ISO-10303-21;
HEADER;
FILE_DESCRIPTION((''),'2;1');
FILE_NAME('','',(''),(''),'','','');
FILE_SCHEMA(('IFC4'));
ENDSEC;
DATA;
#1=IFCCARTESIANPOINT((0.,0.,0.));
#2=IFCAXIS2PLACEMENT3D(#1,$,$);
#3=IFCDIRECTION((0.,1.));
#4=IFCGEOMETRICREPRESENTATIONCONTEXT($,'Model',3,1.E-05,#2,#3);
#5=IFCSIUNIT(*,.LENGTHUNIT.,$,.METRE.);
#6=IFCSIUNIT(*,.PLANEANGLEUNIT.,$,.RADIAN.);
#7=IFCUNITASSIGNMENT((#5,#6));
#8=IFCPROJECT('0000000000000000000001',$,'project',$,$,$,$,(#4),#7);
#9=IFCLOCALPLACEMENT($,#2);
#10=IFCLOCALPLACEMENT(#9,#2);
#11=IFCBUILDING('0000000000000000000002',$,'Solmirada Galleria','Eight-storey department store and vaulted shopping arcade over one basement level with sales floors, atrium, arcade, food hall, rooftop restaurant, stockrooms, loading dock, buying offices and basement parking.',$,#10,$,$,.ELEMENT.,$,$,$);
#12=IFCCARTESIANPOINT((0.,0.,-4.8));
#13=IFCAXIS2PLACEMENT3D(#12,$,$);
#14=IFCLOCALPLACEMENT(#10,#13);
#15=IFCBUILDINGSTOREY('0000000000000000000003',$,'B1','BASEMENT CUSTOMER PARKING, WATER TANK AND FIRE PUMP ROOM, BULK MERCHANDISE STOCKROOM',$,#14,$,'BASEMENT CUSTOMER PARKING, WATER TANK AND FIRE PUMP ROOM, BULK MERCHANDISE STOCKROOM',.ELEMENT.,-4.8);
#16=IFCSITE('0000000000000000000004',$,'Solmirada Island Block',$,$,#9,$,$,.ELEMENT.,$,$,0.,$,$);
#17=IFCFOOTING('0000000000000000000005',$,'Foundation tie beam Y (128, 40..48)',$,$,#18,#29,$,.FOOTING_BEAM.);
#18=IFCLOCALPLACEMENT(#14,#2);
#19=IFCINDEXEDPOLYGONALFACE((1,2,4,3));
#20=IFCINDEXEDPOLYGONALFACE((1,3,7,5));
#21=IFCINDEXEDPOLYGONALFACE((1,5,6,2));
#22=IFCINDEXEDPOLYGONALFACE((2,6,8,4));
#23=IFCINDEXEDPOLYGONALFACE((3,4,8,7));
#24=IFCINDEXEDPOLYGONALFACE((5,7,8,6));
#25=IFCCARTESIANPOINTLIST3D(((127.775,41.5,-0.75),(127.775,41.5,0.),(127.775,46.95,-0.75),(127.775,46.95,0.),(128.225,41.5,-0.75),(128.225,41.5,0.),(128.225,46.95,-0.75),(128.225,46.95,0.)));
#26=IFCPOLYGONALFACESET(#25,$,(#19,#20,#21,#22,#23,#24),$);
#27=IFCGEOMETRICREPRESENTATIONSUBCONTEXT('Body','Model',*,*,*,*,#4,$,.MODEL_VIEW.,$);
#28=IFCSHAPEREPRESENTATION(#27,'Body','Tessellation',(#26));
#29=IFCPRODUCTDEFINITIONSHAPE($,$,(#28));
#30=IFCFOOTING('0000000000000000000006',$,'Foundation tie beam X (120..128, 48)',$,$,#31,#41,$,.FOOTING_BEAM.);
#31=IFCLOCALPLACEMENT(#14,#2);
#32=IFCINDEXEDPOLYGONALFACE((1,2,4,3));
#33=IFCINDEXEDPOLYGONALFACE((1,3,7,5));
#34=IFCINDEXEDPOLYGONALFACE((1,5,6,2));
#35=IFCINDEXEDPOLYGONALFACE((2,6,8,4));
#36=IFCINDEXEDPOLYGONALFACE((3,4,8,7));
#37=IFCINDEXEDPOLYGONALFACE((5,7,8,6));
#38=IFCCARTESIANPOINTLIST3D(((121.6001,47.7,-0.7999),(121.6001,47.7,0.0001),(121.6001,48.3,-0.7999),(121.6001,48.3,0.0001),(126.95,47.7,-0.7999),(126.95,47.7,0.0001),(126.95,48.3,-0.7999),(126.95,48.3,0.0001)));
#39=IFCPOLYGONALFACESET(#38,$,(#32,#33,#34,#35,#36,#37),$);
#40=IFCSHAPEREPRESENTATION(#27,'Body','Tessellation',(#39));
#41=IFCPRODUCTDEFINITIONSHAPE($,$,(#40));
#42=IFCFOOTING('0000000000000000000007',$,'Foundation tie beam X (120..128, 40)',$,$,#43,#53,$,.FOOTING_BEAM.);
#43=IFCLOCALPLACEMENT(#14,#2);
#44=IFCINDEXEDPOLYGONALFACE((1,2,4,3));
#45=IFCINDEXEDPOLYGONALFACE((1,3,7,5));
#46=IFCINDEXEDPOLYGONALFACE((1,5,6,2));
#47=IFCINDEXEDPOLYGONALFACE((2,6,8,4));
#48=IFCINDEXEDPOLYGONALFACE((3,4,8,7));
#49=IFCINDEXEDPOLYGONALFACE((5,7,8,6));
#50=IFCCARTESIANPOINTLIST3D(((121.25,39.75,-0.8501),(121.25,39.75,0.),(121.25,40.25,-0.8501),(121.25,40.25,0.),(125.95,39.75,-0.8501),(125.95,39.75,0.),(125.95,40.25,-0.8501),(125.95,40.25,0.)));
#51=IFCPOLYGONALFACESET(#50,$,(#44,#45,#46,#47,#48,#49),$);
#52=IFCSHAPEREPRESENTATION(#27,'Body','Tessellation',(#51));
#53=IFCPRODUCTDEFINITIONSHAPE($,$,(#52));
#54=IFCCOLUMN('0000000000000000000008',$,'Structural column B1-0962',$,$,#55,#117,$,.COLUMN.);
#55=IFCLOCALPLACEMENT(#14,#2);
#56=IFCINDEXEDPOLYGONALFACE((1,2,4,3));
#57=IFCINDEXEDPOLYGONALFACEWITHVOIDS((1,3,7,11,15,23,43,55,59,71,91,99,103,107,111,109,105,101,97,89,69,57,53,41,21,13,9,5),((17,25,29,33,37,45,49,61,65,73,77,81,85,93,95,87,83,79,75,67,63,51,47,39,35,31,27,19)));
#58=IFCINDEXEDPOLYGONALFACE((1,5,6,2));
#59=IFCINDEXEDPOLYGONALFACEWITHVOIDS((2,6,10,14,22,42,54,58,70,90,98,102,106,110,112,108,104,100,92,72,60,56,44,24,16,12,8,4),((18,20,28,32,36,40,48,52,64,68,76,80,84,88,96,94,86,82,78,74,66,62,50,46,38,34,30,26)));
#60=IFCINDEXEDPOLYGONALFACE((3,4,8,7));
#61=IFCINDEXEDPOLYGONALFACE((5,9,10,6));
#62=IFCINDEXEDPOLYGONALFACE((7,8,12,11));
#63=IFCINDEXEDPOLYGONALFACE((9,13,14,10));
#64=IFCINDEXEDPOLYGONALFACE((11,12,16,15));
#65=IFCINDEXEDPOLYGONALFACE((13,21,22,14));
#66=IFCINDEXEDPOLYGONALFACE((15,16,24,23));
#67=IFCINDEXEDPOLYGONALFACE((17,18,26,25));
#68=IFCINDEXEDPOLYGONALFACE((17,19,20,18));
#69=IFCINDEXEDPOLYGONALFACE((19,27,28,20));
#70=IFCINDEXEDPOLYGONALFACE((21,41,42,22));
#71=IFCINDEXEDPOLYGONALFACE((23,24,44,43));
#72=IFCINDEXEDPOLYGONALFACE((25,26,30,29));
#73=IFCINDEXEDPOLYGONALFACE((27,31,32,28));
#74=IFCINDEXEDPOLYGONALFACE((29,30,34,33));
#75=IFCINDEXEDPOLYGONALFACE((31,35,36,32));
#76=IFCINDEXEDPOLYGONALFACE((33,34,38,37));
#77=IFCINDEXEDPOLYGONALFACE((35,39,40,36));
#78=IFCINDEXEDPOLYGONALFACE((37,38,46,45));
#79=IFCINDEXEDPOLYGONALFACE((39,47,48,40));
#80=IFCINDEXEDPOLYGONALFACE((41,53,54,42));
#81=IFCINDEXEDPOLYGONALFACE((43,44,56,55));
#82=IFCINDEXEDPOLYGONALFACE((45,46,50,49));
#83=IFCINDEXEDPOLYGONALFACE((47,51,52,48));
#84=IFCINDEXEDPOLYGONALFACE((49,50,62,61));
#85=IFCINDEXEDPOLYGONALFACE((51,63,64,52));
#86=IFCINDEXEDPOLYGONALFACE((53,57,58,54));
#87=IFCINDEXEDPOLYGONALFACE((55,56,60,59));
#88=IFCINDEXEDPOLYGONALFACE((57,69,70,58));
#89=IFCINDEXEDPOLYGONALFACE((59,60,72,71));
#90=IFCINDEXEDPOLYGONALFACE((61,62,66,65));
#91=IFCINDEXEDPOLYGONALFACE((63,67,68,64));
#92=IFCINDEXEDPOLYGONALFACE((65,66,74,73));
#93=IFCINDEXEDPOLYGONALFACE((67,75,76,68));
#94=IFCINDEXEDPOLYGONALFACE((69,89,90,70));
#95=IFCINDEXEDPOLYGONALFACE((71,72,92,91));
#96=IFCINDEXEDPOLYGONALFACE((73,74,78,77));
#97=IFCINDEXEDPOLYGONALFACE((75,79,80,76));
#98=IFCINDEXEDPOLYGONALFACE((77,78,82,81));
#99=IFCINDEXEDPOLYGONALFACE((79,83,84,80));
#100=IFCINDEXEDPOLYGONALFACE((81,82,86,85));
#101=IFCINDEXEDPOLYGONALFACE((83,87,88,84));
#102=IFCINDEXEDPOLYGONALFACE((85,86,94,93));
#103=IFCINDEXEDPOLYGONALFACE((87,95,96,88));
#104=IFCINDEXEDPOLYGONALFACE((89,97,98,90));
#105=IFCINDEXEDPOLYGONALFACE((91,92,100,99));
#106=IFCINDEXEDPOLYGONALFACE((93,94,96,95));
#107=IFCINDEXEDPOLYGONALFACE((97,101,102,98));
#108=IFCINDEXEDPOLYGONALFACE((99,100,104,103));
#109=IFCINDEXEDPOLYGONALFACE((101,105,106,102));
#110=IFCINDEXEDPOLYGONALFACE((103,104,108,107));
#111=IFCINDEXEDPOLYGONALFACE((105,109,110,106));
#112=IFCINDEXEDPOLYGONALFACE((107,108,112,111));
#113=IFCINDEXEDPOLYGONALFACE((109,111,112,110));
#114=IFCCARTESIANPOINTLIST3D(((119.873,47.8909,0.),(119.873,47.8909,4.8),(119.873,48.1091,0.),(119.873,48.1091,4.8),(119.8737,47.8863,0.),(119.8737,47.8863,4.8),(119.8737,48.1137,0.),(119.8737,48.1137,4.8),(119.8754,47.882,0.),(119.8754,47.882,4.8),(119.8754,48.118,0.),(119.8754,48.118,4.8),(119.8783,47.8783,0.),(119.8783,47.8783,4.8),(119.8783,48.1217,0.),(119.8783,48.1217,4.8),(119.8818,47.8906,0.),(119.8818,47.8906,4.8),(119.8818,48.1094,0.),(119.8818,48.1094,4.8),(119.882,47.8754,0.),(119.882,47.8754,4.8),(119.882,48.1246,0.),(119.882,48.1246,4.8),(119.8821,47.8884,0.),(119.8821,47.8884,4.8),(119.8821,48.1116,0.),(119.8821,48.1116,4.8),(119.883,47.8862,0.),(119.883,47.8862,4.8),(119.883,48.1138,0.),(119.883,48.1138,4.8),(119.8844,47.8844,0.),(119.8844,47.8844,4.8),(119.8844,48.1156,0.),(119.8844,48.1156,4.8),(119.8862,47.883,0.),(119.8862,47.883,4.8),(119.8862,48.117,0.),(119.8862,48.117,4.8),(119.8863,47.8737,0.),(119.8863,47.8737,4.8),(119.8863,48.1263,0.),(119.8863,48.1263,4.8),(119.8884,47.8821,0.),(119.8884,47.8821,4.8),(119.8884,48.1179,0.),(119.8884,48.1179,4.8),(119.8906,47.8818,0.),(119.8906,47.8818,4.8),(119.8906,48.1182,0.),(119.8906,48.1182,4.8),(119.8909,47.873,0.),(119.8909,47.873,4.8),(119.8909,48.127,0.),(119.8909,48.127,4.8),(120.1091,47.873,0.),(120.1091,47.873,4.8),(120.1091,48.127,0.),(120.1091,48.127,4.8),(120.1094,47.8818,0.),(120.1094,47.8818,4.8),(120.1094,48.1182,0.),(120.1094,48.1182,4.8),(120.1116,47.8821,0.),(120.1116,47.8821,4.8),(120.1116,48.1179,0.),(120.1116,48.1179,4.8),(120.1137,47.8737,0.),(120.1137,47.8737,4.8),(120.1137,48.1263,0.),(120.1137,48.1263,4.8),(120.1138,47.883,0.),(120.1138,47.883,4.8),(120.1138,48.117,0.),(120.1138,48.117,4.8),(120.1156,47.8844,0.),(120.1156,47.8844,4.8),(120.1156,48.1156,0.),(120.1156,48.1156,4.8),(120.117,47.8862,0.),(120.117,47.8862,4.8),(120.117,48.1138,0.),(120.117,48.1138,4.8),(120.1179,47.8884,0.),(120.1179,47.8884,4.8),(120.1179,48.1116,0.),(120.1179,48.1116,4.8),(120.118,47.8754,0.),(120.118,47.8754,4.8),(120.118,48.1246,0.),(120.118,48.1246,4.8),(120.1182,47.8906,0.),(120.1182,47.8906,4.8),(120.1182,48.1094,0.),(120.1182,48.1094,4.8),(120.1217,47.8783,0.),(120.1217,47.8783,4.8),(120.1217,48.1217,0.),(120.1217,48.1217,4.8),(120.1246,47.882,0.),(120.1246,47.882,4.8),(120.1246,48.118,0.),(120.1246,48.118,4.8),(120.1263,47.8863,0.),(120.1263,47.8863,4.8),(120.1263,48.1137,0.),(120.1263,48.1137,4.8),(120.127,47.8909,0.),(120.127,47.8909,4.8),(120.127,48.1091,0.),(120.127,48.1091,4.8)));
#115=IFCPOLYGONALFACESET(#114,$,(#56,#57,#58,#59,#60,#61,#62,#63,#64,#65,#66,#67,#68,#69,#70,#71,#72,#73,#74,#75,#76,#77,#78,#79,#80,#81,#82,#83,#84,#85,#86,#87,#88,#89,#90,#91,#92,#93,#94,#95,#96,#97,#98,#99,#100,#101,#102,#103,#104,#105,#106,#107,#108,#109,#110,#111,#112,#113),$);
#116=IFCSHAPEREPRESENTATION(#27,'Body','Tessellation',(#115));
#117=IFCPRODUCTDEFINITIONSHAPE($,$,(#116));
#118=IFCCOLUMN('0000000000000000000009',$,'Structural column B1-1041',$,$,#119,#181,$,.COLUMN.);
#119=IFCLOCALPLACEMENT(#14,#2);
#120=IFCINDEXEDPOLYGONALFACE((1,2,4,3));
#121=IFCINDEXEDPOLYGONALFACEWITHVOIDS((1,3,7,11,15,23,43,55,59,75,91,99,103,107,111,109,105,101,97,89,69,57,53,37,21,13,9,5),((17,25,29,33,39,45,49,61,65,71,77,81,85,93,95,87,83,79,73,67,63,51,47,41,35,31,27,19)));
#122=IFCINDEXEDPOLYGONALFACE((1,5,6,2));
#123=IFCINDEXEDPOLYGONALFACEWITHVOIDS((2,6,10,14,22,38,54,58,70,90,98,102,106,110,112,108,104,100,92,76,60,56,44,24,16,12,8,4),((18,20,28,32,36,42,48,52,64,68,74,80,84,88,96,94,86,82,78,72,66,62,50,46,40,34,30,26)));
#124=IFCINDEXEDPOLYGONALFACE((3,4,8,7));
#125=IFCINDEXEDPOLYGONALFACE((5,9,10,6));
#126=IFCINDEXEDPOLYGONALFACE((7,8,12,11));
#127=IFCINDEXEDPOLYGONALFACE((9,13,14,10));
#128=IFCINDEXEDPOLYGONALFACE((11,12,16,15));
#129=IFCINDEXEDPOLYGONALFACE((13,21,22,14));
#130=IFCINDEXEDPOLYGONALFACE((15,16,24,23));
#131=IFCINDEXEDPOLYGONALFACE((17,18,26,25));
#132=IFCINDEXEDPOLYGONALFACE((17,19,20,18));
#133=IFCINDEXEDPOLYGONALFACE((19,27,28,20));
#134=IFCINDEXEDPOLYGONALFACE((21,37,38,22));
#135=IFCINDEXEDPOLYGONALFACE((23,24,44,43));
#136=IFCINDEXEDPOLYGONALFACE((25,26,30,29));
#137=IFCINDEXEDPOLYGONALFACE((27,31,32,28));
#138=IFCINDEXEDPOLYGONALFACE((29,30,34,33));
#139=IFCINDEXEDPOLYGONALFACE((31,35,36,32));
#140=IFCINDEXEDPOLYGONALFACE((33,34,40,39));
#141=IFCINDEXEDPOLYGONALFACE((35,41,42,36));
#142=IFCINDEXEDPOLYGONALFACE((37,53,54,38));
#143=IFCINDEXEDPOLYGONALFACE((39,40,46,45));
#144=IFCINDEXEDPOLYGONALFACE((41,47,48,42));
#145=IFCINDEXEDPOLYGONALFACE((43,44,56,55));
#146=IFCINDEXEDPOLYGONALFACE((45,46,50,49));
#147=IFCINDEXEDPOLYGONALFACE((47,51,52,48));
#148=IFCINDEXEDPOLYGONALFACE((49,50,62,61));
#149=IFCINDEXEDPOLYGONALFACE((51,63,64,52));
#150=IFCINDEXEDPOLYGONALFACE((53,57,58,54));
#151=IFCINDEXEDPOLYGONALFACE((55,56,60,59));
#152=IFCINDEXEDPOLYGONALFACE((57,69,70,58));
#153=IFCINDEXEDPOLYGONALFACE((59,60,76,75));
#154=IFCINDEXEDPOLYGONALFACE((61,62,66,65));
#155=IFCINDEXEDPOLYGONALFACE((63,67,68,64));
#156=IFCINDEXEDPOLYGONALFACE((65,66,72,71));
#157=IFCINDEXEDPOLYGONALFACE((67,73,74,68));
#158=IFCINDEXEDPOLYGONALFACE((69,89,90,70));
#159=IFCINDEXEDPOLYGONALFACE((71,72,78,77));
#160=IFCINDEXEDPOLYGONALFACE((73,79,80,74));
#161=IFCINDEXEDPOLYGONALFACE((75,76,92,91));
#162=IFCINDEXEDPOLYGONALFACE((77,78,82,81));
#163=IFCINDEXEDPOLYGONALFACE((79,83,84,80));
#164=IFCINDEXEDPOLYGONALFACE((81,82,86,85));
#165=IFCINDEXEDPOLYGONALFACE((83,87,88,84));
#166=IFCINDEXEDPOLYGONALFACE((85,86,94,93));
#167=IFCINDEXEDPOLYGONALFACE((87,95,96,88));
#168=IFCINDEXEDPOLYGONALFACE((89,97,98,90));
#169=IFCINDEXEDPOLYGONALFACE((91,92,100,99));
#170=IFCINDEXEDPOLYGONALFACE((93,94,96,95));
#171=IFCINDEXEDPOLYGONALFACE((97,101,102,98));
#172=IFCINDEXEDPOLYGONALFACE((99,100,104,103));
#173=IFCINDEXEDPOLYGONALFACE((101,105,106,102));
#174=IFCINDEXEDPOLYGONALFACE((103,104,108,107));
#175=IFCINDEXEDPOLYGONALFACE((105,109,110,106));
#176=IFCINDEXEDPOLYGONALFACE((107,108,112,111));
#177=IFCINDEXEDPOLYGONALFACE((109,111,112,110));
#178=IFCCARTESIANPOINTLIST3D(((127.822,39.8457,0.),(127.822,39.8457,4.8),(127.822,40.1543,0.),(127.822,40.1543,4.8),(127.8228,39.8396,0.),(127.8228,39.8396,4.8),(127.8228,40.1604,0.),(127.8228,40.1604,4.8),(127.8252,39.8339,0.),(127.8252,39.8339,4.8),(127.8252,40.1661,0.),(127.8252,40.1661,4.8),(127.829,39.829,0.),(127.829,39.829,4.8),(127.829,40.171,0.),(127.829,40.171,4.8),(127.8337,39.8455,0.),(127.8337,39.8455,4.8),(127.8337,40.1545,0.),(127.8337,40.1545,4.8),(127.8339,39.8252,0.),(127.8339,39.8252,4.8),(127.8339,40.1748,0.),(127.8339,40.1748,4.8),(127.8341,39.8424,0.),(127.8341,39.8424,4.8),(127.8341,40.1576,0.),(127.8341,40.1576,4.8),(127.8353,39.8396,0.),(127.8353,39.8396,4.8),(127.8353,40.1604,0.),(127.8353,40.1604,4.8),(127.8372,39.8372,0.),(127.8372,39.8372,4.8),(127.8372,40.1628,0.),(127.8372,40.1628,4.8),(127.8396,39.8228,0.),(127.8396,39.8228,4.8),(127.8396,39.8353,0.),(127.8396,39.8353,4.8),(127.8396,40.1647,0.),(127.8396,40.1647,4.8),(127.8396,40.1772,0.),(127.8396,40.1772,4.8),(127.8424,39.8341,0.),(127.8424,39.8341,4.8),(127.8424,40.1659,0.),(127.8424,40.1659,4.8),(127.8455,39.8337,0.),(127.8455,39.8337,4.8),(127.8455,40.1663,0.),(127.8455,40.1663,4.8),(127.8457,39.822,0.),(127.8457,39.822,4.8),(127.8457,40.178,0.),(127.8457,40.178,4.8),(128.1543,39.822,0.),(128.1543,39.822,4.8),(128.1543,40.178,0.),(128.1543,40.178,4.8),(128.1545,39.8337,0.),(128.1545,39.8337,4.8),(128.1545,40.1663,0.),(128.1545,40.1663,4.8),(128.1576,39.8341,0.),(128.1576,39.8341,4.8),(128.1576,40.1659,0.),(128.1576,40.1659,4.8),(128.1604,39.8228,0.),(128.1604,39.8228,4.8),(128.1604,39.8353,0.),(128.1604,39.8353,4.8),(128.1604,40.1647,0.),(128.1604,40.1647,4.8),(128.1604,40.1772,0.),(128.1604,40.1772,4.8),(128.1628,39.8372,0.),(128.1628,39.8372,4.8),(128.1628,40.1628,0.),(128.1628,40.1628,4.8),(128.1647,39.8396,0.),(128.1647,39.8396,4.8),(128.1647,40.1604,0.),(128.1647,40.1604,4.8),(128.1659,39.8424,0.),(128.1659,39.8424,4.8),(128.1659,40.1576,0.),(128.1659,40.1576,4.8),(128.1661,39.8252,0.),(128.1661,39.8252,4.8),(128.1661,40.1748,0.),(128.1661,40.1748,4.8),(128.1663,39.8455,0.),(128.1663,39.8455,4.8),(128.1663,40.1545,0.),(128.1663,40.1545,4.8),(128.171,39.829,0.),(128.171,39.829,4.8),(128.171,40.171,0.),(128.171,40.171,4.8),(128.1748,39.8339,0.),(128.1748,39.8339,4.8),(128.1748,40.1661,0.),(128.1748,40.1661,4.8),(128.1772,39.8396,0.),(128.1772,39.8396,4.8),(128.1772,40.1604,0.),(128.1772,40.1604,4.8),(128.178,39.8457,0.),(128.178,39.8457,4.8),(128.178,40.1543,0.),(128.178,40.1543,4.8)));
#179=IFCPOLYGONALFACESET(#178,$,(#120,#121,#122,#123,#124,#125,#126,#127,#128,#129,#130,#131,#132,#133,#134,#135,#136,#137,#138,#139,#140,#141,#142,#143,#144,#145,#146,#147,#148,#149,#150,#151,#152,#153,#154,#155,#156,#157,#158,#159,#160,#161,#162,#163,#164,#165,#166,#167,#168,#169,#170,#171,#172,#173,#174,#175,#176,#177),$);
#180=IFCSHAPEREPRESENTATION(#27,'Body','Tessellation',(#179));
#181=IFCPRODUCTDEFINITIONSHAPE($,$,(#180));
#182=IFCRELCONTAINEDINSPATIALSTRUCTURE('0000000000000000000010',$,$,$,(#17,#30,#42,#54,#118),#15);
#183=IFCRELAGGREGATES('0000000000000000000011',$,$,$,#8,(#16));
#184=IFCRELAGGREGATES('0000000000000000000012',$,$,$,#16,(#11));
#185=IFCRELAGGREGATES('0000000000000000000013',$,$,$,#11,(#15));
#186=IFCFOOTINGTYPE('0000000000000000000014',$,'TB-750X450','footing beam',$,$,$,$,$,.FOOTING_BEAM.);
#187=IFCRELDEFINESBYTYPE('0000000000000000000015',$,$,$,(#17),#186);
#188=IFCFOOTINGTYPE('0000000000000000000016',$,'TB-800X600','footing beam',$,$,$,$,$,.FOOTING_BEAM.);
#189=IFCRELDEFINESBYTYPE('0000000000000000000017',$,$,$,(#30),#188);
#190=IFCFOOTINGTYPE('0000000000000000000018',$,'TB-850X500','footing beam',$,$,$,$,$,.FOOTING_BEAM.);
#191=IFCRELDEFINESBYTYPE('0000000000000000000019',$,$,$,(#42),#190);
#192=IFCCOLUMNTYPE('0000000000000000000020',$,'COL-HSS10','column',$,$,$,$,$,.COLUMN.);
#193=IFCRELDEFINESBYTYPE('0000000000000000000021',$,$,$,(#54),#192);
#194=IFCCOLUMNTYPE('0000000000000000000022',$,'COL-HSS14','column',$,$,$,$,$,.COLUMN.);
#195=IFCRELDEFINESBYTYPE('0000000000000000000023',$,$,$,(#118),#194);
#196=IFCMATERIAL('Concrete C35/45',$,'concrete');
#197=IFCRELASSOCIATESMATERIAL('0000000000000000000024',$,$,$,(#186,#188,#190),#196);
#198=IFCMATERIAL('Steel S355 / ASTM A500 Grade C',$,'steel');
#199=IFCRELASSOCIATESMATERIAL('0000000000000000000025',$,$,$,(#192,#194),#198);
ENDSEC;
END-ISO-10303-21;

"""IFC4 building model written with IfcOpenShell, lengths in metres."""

from ifc_helpers import new_model, si_unit, direction, frame, origin, origin_2d, place, context, subcontext, project, spatial, rectangle, hollow_rectangle, extrude, material, material_profile, profile_set, type_object, element, save


model = new_model("IFC4")

# Units and contexts
model_context = context("Model", 3, precision=1e-05, world=origin(), true_north=direction((0.0, 1.0)))
body_context = subcontext(model_context, "Body", "Model", "MODEL_VIEW")
ifc_project = project(units=[si_unit("LENGTHUNIT", "METRE"), si_unit("PLANEANGLEUNIT", "RADIAN")], contexts=[model_context])

# Site, building, storey
site_placement = place(None, origin())
site = spatial("IfcSite", under=ifc_project, at=site_placement, Name="Solmirada Island Block", CompositionType="ELEMENT", RefElevation=0.0)
building_placement = place(site_placement, origin())
building = spatial("IfcBuilding", under=site, at=building_placement, Name="Solmirada Galleria", Description="Eight-storey department store and vaulted shopping arcade over one basement level with sales floors, atrium, arcade, food hall, rooftop restaurant, stockrooms, loading dock, buying offices and basement parking.", CompositionType="ELEMENT")
storey_placement = place(building_placement, frame((0.0, 0.0, -4.8)))
storey = spatial("IfcBuildingStorey", under=building, at=storey_placement, Name="B1", Description="BASEMENT CUSTOMER PARKING, WATER TANK AND FIRE PUMP ROOM, BULK MERCHANDISE STOCKROOM", LongName="BASEMENT CUSTOMER PARKING, WATER TANK AND FIRE PUMP ROOM, BULK MERCHANDISE STOCKROOM", CompositionType="ELEMENT", Elevation=-4.8)

# Shared definitions
ifc_material_1 = material(Name="Concrete C35/45", Category="concrete")

# Footings
ifc_material_profile_1 = material_profile(ifc_material_1, rectangle(XDim=0.45, YDim=0.75, at=origin_2d()), Name="RC750X450")
ifc_profile_set_1 = profile_set([ifc_material_profile_1], Name="Concrete C35/45")
footing_type_1 = type_object("IfcFootingType", Name="TB-750X450", Description="footing beam", PredefinedType="FOOTING_BEAM", material=ifc_profile_set_1)
footing_1_placement = place(storey_placement, frame((128.0, 41.5, -0.375), z_axis=(0.0, 1.0, 0.0), x_axis=(-1.0, 0.0, 0.0)))
element("IfcFooting", 1, at=footing_1_placement, inside=storey, type_object=footing_type_1, Name="Foundation tie beam Y (128, 40..48)", PredefinedType="FOOTING_BEAM", context=body_context, shape_type="SweptSolid", body=[
    extrude(rectangle(XDim=0.45, YDim=0.75, at=origin_2d()), origin(), (0.0, 0.0, 1.0), 5.45),
])
ifc_material_profile_2 = material_profile(ifc_material_1, rectangle(XDim=0.6001, YDim=0.8, at=origin_2d()), Name="RC800X600")
ifc_profile_set_2 = profile_set([ifc_material_profile_2], Name="Concrete C35/45")
footing_type_2 = type_object("IfcFootingType", Name="TB-800X600", Description="footing beam", PredefinedType="FOOTING_BEAM", material=ifc_profile_set_2)
footing_2_placement = place(storey_placement, frame((121.6001, 48.0, -0.3999), z_axis=(1.0, 0.0, 0.0), x_axis=(0.0, 1.0, 0.0)))
element("IfcFooting", 2, at=footing_2_placement, inside=storey, type_object=footing_type_2, Name="Foundation tie beam X (120..128, 48)", PredefinedType="FOOTING_BEAM", context=body_context, shape_type="SweptSolid", body=[
    extrude(rectangle(XDim=0.6001, YDim=0.8, at=origin_2d()), origin(), (0.0, 0.0, 1.0), 5.3499),
])
ifc_material_profile_3 = material_profile(ifc_material_1, rectangle(XDim=0.5, YDim=0.8501, at=origin_2d()), Name="RC850X500")
ifc_profile_set_3 = profile_set([ifc_material_profile_3], Name="Concrete C35/45")
footing_type_3 = type_object("IfcFootingType", Name="TB-850X500", Description="footing beam", PredefinedType="FOOTING_BEAM", material=ifc_profile_set_3)
footing_3_placement = place(storey_placement, frame((121.25, 40.0, -0.425), z_axis=(1.0, 0.0, 0.0), x_axis=(0.0, 1.0, 0.0)))
element("IfcFooting", 3, at=footing_3_placement, inside=storey, type_object=footing_type_3, Name="Foundation tie beam X (120..128, 40)", PredefinedType="FOOTING_BEAM", context=body_context, shape_type="SweptSolid", body=[
    extrude(rectangle(XDim=0.5, YDim=0.8501, at=origin_2d()), origin(), (0.0, 0.0, 1.0), 4.7),
])

# Columns
ifc_material_2 = material(Name="Steel S355 / ASTM A500 Grade C", Category="steel")
ifc_material_profile_4 = material_profile(ifc_material_2, hollow_rectangle(XDim=0.2539, YDim=0.2539, WallThickness=0.0088, InnerFilletRadius=0.0088, OuterFilletRadius=0.0178, at=origin_2d()), Name="HSS10X10X3/8")
ifc_profile_set_4 = profile_set([ifc_material_profile_4], Name="Steel S355 / ASTM A500 Grade C")
column_type_1 = type_object("IfcColumnType", Name="COL-HSS10", Description="column", PredefinedType="COLUMN", material=ifc_profile_set_4)
column_1_placement = place(storey_placement, frame((120.0, 48.0, 0.0), z_axis=(0.0, 0.0, 1.0), x_axis=(1.0, 0.0, 0.0)))
element("IfcColumn", 4, at=column_1_placement, inside=storey, type_object=column_type_1, Name="Structural column B1-0962", PredefinedType="COLUMN", context=body_context, shape_type="SweptSolid", body=[
    extrude(hollow_rectangle(XDim=0.2539, YDim=0.2539, WallThickness=0.0088, InnerFilletRadius=0.0088, OuterFilletRadius=0.0178, at=origin_2d()), origin(), (0.0, 0.0, 1.0), 4.8),
])
ifc_material_profile_5 = material_profile(ifc_material_2, hollow_rectangle(XDim=0.356, YDim=0.356, WallThickness=0.0117, InnerFilletRadius=0.0117, OuterFilletRadius=0.0237, at=origin_2d()), Name="HSS14X14X1/2")
ifc_profile_set_5 = profile_set([ifc_material_profile_5], Name="Steel S355 / ASTM A500 Grade C")
column_type_2 = type_object("IfcColumnType", Name="COL-HSS14", Description="column", PredefinedType="COLUMN", material=ifc_profile_set_5)
column_2_placement = place(storey_placement, frame((128.0, 40.0, 0.0), z_axis=(0.0, 0.0, 1.0), x_axis=(1.0, 0.0, 0.0)))
element("IfcColumn", 5, at=column_2_placement, inside=storey, type_object=column_type_2, Name="Structural column B1-1041", PredefinedType="COLUMN", context=body_context, shape_type="SweptSolid", body=[
    extrude(hollow_rectangle(XDim=0.356, YDim=0.356, WallThickness=0.0117, InnerFilletRadius=0.0117, OuterFilletRadius=0.0237, at=origin_2d()), origin(), (0.0, 0.0, 1.0), 4.8),
])

save(model, "model.ifc")
